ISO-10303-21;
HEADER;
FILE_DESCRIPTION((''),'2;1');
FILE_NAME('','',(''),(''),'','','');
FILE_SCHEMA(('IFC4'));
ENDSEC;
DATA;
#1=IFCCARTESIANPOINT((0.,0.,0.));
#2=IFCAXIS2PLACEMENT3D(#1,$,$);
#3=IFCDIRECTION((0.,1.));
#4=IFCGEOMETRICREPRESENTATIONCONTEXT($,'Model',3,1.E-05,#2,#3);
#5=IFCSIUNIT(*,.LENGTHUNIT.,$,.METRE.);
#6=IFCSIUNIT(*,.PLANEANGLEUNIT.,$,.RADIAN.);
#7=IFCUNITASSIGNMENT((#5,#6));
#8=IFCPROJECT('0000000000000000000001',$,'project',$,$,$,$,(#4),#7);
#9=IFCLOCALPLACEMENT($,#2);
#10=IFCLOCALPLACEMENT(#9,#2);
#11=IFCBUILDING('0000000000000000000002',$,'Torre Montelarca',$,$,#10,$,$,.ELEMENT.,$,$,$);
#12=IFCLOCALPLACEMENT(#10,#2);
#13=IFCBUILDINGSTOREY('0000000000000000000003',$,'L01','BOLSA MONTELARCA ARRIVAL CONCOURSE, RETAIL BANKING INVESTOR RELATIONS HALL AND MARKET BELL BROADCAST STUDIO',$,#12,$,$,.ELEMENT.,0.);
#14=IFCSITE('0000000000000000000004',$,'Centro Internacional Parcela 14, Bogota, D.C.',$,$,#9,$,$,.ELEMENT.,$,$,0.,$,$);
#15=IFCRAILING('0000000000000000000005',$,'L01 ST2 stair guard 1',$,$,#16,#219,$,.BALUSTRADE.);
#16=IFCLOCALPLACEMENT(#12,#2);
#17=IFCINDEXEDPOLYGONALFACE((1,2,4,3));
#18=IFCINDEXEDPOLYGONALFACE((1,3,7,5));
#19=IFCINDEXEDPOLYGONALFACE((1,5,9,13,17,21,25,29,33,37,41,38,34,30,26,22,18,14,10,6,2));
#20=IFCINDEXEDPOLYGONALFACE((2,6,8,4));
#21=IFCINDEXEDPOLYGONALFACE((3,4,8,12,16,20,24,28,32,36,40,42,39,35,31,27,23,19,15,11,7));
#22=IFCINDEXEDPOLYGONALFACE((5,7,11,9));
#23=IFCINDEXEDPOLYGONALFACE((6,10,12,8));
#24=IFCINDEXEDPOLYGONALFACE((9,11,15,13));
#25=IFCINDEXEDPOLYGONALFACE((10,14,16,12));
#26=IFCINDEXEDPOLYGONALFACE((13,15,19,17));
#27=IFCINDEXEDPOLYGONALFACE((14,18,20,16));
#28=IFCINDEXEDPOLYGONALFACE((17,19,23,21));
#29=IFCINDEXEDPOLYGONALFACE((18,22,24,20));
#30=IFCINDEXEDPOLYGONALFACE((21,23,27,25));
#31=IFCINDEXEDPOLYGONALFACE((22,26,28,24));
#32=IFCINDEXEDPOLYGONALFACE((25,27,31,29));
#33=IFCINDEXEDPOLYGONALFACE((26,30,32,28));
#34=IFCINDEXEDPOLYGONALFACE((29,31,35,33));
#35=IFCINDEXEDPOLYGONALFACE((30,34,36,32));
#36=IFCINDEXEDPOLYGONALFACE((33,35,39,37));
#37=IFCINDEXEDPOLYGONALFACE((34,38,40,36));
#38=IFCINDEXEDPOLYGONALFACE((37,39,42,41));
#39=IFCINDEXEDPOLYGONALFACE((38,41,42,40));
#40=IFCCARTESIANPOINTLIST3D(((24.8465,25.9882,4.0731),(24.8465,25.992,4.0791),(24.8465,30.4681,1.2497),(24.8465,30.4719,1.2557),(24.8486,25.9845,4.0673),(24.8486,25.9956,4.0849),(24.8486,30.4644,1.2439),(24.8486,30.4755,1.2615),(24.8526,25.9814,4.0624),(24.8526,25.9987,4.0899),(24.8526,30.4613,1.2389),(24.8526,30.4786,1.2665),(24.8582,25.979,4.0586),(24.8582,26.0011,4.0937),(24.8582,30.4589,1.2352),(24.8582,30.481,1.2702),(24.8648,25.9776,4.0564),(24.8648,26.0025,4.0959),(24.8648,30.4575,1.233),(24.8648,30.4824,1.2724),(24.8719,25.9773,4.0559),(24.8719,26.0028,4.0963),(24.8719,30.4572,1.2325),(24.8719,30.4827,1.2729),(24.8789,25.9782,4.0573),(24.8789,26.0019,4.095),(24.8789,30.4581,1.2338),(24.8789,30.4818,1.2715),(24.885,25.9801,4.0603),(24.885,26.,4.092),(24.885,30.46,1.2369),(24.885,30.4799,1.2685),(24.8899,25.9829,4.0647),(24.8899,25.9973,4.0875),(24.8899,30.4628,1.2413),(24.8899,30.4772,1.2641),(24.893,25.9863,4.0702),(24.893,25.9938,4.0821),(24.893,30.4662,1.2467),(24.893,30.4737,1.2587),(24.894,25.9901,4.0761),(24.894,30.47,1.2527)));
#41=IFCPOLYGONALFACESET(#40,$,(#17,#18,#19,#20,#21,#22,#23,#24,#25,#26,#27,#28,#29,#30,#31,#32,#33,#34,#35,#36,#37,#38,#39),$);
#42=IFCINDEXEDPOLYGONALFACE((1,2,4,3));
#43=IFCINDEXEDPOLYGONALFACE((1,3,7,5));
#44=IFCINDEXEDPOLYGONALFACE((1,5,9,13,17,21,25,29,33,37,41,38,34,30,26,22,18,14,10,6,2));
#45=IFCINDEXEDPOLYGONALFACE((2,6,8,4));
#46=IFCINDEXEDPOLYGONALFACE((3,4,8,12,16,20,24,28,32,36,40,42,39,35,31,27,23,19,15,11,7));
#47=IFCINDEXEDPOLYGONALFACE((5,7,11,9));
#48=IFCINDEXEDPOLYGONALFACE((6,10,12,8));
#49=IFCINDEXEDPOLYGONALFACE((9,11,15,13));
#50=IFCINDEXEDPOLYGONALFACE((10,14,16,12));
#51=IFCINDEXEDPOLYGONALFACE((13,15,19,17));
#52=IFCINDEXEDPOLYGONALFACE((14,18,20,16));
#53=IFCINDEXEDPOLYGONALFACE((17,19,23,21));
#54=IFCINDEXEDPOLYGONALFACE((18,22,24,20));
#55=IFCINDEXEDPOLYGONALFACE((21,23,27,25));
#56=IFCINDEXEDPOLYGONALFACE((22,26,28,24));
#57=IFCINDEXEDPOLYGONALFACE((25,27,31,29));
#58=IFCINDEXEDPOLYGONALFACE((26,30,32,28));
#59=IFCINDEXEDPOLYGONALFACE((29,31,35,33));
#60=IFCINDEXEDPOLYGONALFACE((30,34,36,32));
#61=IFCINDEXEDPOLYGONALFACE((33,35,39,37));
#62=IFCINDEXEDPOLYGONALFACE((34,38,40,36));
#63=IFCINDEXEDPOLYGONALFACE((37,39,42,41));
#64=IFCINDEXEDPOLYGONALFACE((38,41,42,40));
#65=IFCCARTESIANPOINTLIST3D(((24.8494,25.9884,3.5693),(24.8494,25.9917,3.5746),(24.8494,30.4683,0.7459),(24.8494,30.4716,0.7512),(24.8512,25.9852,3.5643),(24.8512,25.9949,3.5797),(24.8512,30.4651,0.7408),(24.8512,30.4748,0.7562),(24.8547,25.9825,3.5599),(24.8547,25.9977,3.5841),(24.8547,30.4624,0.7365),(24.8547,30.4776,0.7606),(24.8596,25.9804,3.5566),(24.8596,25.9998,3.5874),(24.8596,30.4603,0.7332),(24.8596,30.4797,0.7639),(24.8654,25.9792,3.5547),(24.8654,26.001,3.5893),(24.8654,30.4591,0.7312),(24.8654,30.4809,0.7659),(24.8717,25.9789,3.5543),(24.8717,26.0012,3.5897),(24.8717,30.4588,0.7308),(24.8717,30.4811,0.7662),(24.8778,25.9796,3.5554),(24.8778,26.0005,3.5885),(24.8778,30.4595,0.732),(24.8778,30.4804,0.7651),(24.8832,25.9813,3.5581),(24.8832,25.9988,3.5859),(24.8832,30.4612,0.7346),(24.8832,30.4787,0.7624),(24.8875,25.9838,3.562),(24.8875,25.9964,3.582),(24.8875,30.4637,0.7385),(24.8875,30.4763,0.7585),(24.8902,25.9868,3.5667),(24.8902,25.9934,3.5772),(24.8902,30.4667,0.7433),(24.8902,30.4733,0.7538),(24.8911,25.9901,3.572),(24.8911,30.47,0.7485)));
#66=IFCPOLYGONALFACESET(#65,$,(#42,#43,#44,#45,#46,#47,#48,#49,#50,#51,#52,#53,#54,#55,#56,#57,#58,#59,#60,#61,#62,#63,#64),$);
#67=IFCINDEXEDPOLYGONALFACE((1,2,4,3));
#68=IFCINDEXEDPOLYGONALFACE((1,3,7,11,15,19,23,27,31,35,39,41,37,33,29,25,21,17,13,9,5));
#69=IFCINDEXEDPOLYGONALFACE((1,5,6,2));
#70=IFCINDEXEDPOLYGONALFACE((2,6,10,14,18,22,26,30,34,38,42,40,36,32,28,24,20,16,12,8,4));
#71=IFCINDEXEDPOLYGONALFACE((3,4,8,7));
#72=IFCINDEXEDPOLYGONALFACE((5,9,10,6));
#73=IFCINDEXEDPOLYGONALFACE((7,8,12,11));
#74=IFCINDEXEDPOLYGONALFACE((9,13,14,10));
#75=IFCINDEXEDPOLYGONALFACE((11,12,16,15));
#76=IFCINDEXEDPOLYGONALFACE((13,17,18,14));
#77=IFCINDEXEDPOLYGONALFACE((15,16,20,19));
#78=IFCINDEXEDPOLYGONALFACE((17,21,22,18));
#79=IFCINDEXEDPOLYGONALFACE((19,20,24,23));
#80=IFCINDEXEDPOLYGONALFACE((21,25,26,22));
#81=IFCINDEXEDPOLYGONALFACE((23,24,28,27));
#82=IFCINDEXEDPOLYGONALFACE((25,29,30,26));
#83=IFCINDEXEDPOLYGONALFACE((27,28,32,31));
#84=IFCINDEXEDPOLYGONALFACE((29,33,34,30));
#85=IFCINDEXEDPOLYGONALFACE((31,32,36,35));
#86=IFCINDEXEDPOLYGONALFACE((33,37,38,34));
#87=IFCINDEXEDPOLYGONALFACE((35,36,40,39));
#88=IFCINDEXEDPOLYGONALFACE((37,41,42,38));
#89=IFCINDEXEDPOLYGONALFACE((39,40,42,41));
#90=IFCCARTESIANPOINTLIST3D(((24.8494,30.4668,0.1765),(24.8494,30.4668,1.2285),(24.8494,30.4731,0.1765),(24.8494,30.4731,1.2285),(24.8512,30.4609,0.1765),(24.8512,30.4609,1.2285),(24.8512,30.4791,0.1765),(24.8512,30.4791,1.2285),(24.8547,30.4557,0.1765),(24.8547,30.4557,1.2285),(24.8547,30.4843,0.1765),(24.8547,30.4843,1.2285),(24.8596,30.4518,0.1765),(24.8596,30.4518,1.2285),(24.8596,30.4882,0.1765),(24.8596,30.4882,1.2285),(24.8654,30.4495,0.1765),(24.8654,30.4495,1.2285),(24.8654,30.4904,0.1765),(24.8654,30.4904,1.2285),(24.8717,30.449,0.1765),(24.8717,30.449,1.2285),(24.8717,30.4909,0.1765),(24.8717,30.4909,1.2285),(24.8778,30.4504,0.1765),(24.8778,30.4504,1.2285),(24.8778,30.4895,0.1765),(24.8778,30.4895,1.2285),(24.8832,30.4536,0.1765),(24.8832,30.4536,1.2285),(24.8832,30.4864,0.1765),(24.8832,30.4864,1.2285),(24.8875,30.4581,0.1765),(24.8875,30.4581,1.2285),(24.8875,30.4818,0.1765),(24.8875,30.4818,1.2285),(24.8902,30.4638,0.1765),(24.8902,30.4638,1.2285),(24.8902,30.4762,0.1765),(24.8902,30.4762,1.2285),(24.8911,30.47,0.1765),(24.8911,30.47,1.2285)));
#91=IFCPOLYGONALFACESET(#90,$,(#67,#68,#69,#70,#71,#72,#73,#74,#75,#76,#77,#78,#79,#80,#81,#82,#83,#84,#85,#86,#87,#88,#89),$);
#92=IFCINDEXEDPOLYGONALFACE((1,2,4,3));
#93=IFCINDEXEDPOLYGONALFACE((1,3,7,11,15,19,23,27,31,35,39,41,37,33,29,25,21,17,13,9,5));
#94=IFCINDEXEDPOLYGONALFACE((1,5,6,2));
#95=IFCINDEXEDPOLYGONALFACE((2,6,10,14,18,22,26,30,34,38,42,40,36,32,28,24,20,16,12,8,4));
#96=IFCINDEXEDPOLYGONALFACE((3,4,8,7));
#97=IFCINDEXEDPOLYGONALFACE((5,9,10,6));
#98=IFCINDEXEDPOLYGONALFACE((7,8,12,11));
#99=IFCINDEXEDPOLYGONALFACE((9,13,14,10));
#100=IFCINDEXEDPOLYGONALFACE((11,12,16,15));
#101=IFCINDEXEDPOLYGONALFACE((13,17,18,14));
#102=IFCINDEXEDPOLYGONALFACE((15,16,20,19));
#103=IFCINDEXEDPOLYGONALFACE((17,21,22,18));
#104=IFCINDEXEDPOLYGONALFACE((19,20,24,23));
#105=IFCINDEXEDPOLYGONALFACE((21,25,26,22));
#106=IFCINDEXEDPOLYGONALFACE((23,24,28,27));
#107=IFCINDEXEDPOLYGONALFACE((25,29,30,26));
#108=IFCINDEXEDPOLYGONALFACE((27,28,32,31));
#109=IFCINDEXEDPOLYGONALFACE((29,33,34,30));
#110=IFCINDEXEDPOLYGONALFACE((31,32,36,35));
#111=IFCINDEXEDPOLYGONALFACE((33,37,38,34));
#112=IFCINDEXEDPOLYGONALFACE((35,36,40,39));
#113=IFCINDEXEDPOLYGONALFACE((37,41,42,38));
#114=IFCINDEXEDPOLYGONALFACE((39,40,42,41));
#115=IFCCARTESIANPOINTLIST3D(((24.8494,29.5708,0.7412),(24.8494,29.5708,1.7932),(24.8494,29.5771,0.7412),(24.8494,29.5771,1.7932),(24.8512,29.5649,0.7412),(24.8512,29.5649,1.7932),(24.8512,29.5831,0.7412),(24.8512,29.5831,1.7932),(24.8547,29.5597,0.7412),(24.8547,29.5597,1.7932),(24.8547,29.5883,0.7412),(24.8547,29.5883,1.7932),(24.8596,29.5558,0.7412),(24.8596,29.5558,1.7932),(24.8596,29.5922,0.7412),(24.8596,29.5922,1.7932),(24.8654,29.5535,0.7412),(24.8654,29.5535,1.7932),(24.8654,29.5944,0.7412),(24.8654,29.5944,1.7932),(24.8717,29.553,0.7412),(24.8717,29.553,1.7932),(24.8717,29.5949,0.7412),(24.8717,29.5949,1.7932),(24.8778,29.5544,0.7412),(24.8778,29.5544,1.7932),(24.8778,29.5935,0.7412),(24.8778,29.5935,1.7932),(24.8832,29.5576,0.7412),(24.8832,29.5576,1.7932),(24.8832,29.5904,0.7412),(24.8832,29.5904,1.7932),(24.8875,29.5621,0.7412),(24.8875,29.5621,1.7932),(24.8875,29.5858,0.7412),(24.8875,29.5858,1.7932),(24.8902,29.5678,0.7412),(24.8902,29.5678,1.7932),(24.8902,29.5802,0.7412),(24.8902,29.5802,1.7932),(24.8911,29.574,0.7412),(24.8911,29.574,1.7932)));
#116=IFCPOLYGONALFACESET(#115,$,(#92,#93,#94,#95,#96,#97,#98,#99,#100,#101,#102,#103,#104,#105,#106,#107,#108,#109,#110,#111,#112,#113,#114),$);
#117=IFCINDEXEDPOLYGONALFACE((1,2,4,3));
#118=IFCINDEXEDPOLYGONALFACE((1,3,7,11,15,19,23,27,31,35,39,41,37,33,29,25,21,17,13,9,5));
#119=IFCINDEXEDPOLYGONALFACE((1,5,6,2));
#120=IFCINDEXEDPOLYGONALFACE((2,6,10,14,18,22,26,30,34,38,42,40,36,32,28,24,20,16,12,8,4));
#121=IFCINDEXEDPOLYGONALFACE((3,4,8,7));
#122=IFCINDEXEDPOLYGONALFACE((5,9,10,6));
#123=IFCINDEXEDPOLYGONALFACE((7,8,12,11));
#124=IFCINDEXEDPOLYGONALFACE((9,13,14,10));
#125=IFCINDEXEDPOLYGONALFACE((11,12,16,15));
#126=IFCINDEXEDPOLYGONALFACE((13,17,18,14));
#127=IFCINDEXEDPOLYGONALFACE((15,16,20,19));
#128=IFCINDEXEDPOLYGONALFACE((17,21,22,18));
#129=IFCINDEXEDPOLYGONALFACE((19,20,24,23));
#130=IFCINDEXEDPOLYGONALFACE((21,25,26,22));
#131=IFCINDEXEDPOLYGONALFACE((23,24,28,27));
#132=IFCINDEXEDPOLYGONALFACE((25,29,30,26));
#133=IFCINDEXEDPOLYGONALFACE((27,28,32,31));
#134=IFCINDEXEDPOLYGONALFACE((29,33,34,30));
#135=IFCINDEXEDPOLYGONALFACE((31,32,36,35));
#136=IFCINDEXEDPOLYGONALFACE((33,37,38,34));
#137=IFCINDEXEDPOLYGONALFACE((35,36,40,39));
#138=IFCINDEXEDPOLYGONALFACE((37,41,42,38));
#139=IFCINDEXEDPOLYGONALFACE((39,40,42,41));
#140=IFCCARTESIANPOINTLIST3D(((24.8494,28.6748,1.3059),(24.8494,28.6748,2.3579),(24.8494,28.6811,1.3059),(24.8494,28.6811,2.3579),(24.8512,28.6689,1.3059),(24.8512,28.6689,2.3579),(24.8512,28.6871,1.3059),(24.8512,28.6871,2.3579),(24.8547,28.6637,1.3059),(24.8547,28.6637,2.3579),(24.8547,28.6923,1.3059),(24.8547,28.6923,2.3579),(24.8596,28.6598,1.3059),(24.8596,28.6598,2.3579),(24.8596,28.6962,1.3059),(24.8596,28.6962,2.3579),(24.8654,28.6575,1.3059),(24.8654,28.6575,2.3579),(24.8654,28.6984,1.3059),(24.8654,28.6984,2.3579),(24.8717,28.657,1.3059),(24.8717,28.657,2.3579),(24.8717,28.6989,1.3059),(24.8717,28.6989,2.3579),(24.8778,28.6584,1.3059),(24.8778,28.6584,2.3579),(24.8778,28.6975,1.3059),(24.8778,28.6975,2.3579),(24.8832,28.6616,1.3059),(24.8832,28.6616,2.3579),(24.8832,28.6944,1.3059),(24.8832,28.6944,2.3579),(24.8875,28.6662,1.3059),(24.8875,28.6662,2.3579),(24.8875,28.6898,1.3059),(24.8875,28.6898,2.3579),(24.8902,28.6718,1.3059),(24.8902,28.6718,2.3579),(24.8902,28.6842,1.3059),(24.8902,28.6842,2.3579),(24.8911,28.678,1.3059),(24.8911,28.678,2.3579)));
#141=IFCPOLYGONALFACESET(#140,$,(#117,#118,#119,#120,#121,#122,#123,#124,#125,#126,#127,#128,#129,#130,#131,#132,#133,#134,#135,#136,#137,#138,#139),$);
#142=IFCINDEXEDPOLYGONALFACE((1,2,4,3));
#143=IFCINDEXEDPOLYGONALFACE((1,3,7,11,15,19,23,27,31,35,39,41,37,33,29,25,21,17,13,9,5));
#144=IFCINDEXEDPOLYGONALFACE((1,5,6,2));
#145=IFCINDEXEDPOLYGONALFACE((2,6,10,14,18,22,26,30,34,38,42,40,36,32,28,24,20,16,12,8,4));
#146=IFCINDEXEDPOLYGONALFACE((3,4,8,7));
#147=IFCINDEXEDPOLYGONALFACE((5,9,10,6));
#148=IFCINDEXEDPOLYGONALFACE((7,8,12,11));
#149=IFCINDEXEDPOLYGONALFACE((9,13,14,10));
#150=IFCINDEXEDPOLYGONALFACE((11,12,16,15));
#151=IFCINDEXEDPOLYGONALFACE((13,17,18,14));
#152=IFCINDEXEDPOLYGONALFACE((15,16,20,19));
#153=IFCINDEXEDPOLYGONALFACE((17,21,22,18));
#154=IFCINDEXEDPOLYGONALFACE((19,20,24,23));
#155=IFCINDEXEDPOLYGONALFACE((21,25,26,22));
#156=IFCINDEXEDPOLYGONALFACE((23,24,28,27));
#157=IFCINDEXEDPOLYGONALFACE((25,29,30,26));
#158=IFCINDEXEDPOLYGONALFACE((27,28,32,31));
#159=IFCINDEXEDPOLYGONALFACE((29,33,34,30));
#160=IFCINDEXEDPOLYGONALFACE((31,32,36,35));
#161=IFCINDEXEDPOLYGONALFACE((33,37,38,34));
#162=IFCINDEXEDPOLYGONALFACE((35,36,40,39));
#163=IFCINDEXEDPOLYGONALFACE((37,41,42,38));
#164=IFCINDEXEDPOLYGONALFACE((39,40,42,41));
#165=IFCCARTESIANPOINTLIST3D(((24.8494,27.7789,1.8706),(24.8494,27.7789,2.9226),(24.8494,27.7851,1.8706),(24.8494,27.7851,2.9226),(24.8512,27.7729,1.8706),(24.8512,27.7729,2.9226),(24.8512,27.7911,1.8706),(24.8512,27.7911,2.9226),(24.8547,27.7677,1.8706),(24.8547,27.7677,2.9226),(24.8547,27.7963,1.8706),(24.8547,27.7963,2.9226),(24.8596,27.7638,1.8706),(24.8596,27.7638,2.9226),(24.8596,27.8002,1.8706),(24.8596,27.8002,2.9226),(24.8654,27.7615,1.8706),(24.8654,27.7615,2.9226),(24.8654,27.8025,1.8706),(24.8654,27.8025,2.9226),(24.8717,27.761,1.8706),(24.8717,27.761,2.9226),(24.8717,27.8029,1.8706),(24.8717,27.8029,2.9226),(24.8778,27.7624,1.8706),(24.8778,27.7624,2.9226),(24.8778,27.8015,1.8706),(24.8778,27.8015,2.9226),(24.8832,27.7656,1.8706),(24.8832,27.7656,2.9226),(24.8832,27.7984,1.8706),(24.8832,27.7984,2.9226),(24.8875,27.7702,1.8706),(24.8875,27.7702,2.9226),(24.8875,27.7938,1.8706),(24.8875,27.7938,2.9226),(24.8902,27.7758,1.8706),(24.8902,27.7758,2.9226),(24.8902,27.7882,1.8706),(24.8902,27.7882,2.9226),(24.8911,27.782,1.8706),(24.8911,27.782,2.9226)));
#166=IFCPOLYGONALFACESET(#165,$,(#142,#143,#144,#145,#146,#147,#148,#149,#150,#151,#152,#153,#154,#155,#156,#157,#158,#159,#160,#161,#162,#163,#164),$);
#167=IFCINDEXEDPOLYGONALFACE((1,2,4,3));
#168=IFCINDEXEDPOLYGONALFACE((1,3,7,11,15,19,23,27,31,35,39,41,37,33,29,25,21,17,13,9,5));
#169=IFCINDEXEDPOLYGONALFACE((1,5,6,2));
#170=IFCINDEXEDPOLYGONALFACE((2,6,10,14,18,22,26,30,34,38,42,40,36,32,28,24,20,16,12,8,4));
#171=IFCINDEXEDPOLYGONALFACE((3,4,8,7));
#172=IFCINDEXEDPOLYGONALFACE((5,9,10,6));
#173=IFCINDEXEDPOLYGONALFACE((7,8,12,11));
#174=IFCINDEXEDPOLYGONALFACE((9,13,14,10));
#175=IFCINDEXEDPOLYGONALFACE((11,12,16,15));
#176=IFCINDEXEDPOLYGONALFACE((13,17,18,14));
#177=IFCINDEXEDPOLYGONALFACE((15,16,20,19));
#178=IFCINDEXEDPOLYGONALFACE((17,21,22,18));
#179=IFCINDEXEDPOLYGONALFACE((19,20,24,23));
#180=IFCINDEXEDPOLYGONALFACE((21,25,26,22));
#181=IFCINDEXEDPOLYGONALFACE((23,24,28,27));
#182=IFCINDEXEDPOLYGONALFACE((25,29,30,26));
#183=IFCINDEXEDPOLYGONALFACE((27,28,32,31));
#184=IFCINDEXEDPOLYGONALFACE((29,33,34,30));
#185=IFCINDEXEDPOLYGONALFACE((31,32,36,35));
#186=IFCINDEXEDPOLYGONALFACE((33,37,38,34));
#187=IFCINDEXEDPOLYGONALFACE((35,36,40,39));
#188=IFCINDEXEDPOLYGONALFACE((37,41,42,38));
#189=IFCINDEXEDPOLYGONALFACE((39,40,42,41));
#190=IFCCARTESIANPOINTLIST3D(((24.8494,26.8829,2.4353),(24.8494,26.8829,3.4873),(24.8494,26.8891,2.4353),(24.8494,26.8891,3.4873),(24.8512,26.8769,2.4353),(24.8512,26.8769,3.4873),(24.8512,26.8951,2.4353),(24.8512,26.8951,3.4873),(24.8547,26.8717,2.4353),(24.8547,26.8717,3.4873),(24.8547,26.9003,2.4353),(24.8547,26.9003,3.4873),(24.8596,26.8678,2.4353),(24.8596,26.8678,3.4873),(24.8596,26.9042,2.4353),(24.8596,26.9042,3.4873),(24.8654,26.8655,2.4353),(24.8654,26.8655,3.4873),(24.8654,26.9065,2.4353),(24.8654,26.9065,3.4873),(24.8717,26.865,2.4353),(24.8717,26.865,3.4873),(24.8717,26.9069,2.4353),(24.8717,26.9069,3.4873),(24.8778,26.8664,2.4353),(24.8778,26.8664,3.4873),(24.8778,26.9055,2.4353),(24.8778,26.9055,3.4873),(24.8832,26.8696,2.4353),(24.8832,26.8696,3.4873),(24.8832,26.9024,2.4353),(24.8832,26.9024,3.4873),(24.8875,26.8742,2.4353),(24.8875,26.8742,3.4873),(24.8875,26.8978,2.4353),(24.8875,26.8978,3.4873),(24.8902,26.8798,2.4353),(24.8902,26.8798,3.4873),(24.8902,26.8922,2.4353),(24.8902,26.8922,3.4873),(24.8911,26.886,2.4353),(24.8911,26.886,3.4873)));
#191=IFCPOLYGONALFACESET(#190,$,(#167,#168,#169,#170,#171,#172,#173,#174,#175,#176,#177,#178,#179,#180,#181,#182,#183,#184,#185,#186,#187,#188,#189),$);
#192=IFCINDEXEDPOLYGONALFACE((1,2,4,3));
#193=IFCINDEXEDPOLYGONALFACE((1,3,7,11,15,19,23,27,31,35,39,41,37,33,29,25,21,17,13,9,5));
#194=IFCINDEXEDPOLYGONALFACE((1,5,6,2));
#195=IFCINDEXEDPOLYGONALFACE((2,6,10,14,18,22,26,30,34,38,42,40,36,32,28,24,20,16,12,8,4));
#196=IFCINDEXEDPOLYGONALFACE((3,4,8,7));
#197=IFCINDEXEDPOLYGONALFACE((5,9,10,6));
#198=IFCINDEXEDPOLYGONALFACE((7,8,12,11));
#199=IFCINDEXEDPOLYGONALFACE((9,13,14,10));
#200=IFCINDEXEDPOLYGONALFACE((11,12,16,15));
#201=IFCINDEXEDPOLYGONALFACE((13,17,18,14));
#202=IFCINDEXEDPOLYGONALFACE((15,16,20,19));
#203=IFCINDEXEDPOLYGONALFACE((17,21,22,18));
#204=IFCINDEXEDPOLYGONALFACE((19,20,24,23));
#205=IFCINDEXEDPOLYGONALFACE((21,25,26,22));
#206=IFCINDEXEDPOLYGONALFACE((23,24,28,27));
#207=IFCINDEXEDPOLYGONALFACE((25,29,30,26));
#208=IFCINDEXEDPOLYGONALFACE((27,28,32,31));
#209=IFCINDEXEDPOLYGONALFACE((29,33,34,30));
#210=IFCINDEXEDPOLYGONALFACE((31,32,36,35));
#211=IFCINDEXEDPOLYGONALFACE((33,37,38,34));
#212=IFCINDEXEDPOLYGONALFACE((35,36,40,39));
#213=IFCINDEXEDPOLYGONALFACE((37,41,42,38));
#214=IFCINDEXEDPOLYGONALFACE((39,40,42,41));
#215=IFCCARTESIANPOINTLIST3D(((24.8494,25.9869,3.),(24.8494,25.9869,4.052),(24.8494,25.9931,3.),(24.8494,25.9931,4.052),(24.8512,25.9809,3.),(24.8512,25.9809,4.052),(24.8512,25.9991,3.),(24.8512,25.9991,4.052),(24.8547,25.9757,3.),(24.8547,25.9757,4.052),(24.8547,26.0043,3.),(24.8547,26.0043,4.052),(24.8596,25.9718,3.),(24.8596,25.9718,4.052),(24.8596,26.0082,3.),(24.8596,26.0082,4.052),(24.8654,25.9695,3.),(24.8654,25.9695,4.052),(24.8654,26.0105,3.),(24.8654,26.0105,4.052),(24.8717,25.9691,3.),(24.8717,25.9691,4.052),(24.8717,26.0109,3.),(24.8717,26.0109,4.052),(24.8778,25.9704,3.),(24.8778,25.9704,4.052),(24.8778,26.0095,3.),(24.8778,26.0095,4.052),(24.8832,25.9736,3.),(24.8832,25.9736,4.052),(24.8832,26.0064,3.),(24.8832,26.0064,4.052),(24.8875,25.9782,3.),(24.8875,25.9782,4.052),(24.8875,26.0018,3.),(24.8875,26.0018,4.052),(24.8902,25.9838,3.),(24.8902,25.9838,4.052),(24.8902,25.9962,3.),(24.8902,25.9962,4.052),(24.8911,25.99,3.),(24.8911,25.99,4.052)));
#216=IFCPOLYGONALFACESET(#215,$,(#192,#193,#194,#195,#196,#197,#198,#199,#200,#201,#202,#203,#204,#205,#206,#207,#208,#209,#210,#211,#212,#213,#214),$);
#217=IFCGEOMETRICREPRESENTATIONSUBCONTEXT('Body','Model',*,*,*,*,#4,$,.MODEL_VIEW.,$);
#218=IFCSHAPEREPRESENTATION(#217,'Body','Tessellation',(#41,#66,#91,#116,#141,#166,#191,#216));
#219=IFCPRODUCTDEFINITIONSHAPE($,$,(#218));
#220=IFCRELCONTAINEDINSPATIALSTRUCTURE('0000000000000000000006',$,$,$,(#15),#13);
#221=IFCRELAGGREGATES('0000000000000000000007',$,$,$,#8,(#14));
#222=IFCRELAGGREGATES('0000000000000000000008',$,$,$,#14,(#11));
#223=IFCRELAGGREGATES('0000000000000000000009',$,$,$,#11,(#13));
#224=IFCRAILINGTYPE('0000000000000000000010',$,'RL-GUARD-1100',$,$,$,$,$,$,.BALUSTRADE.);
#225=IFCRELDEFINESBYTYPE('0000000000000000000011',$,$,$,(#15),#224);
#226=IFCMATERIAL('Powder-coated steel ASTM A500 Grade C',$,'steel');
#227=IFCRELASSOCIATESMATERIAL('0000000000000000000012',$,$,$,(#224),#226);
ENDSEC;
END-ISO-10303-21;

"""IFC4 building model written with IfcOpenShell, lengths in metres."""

from ifc_helpers import new_model, si_unit, direction, frame, origin, origin_2d, place, context, subcontext, project, spatial, circle, extrude, material, type_object, element, save


model = new_model("IFC4")

# Units and contexts
model_context = context("Model", 3, precision=1e-05, world=origin(), true_north=direction((0.0, 1.0)))
body_context = subcontext(model_context, "Body", "Model", "MODEL_VIEW")
ifc_project = project(units=[si_unit("LENGTHUNIT", "METRE"), si_unit("PLANEANGLEUNIT", "RADIAN")], contexts=[model_context])

# Site, building, storey
site_placement = place(None, origin())
site = spatial("IfcSite", under=ifc_project, at=site_placement, Name="Centro Internacional Parcela 14, Bogota, D.C.", CompositionType="ELEMENT", RefElevation=0.0)
building_placement = place(site_placement, origin())
building = spatial("IfcBuilding", under=site, at=building_placement, Name="Torre Montelarca", CompositionType="ELEMENT")
storey_placement = place(building_placement, origin())
storey = spatial("IfcBuildingStorey", under=building, at=storey_placement, Name="L01", Description="BOLSA MONTELARCA ARRIVAL CONCOURSE, RETAIL BANKING INVESTOR RELATIONS HALL AND MARKET BELL BROADCAST STUDIO", CompositionType="ELEMENT", Elevation=0.0)

# Railing
ifc_material_1 = material(Name="Powder-coated steel ASTM A500 Grade C", Category="steel")
railing_type_1 = type_object("IfcRailingType", Name="RL-GUARD-1100", PredefinedType="BALUSTRADE", material=ifc_material_1)
railing_1_placement = place(storey_placement, frame((24.8701, 30.47, 0.1765)))
element("IfcRailing", 1, at=railing_1_placement, inside=storey, type_object=railing_type_1, Name="L01 ST2 stair guard 1", PredefinedType="BALUSTRADE", context=body_context, shape_type="SweptSolid", body=[
    extrude(circle(Radius=0.0239, at=origin_2d()), frame((0.0, 0.0, 1.0762), z_axis=(0.0, -0.845998, 0.533186), x_axis=(1.0, 0.0, 0.0)), (0.0, 0.0, 1.0), 5.2954),
    extrude(circle(Radius=0.021, at=origin_2d()), frame((0.0, 0.0, 0.572), z_axis=(0.0, -0.845998, 0.533186), x_axis=(1.0, 0.0, 0.0)), (0.0, 0.0, 1.0), 5.2954),
    extrude(circle(Radius=0.021, at=origin_2d()), origin(), (0.0, 0.0, 1.0), 1.052),
    extrude(circle(Radius=0.021, at=origin_2d()), frame((0.0, -0.896, 0.5647)), (0.0, 0.0, 1.0), 1.052),
    extrude(circle(Radius=0.021, at=origin_2d()), frame((0.0, -1.792, 1.1294)), (0.0, 0.0, 1.0), 1.052),
    extrude(circle(Radius=0.021, at=origin_2d()), frame((0.0, -2.688, 1.6941)), (0.0, 0.0, 1.0), 1.052),
    extrude(circle(Radius=0.021, at=origin_2d()), frame((0.0, -3.584, 2.2588)), (0.0, 0.0, 1.0), 1.052),
    extrude(circle(Radius=0.021, at=origin_2d()), frame((0.0, -4.48, 2.8235)), (0.0, 0.0, 1.0), 1.052),
])

save(model, "model.ifc")
